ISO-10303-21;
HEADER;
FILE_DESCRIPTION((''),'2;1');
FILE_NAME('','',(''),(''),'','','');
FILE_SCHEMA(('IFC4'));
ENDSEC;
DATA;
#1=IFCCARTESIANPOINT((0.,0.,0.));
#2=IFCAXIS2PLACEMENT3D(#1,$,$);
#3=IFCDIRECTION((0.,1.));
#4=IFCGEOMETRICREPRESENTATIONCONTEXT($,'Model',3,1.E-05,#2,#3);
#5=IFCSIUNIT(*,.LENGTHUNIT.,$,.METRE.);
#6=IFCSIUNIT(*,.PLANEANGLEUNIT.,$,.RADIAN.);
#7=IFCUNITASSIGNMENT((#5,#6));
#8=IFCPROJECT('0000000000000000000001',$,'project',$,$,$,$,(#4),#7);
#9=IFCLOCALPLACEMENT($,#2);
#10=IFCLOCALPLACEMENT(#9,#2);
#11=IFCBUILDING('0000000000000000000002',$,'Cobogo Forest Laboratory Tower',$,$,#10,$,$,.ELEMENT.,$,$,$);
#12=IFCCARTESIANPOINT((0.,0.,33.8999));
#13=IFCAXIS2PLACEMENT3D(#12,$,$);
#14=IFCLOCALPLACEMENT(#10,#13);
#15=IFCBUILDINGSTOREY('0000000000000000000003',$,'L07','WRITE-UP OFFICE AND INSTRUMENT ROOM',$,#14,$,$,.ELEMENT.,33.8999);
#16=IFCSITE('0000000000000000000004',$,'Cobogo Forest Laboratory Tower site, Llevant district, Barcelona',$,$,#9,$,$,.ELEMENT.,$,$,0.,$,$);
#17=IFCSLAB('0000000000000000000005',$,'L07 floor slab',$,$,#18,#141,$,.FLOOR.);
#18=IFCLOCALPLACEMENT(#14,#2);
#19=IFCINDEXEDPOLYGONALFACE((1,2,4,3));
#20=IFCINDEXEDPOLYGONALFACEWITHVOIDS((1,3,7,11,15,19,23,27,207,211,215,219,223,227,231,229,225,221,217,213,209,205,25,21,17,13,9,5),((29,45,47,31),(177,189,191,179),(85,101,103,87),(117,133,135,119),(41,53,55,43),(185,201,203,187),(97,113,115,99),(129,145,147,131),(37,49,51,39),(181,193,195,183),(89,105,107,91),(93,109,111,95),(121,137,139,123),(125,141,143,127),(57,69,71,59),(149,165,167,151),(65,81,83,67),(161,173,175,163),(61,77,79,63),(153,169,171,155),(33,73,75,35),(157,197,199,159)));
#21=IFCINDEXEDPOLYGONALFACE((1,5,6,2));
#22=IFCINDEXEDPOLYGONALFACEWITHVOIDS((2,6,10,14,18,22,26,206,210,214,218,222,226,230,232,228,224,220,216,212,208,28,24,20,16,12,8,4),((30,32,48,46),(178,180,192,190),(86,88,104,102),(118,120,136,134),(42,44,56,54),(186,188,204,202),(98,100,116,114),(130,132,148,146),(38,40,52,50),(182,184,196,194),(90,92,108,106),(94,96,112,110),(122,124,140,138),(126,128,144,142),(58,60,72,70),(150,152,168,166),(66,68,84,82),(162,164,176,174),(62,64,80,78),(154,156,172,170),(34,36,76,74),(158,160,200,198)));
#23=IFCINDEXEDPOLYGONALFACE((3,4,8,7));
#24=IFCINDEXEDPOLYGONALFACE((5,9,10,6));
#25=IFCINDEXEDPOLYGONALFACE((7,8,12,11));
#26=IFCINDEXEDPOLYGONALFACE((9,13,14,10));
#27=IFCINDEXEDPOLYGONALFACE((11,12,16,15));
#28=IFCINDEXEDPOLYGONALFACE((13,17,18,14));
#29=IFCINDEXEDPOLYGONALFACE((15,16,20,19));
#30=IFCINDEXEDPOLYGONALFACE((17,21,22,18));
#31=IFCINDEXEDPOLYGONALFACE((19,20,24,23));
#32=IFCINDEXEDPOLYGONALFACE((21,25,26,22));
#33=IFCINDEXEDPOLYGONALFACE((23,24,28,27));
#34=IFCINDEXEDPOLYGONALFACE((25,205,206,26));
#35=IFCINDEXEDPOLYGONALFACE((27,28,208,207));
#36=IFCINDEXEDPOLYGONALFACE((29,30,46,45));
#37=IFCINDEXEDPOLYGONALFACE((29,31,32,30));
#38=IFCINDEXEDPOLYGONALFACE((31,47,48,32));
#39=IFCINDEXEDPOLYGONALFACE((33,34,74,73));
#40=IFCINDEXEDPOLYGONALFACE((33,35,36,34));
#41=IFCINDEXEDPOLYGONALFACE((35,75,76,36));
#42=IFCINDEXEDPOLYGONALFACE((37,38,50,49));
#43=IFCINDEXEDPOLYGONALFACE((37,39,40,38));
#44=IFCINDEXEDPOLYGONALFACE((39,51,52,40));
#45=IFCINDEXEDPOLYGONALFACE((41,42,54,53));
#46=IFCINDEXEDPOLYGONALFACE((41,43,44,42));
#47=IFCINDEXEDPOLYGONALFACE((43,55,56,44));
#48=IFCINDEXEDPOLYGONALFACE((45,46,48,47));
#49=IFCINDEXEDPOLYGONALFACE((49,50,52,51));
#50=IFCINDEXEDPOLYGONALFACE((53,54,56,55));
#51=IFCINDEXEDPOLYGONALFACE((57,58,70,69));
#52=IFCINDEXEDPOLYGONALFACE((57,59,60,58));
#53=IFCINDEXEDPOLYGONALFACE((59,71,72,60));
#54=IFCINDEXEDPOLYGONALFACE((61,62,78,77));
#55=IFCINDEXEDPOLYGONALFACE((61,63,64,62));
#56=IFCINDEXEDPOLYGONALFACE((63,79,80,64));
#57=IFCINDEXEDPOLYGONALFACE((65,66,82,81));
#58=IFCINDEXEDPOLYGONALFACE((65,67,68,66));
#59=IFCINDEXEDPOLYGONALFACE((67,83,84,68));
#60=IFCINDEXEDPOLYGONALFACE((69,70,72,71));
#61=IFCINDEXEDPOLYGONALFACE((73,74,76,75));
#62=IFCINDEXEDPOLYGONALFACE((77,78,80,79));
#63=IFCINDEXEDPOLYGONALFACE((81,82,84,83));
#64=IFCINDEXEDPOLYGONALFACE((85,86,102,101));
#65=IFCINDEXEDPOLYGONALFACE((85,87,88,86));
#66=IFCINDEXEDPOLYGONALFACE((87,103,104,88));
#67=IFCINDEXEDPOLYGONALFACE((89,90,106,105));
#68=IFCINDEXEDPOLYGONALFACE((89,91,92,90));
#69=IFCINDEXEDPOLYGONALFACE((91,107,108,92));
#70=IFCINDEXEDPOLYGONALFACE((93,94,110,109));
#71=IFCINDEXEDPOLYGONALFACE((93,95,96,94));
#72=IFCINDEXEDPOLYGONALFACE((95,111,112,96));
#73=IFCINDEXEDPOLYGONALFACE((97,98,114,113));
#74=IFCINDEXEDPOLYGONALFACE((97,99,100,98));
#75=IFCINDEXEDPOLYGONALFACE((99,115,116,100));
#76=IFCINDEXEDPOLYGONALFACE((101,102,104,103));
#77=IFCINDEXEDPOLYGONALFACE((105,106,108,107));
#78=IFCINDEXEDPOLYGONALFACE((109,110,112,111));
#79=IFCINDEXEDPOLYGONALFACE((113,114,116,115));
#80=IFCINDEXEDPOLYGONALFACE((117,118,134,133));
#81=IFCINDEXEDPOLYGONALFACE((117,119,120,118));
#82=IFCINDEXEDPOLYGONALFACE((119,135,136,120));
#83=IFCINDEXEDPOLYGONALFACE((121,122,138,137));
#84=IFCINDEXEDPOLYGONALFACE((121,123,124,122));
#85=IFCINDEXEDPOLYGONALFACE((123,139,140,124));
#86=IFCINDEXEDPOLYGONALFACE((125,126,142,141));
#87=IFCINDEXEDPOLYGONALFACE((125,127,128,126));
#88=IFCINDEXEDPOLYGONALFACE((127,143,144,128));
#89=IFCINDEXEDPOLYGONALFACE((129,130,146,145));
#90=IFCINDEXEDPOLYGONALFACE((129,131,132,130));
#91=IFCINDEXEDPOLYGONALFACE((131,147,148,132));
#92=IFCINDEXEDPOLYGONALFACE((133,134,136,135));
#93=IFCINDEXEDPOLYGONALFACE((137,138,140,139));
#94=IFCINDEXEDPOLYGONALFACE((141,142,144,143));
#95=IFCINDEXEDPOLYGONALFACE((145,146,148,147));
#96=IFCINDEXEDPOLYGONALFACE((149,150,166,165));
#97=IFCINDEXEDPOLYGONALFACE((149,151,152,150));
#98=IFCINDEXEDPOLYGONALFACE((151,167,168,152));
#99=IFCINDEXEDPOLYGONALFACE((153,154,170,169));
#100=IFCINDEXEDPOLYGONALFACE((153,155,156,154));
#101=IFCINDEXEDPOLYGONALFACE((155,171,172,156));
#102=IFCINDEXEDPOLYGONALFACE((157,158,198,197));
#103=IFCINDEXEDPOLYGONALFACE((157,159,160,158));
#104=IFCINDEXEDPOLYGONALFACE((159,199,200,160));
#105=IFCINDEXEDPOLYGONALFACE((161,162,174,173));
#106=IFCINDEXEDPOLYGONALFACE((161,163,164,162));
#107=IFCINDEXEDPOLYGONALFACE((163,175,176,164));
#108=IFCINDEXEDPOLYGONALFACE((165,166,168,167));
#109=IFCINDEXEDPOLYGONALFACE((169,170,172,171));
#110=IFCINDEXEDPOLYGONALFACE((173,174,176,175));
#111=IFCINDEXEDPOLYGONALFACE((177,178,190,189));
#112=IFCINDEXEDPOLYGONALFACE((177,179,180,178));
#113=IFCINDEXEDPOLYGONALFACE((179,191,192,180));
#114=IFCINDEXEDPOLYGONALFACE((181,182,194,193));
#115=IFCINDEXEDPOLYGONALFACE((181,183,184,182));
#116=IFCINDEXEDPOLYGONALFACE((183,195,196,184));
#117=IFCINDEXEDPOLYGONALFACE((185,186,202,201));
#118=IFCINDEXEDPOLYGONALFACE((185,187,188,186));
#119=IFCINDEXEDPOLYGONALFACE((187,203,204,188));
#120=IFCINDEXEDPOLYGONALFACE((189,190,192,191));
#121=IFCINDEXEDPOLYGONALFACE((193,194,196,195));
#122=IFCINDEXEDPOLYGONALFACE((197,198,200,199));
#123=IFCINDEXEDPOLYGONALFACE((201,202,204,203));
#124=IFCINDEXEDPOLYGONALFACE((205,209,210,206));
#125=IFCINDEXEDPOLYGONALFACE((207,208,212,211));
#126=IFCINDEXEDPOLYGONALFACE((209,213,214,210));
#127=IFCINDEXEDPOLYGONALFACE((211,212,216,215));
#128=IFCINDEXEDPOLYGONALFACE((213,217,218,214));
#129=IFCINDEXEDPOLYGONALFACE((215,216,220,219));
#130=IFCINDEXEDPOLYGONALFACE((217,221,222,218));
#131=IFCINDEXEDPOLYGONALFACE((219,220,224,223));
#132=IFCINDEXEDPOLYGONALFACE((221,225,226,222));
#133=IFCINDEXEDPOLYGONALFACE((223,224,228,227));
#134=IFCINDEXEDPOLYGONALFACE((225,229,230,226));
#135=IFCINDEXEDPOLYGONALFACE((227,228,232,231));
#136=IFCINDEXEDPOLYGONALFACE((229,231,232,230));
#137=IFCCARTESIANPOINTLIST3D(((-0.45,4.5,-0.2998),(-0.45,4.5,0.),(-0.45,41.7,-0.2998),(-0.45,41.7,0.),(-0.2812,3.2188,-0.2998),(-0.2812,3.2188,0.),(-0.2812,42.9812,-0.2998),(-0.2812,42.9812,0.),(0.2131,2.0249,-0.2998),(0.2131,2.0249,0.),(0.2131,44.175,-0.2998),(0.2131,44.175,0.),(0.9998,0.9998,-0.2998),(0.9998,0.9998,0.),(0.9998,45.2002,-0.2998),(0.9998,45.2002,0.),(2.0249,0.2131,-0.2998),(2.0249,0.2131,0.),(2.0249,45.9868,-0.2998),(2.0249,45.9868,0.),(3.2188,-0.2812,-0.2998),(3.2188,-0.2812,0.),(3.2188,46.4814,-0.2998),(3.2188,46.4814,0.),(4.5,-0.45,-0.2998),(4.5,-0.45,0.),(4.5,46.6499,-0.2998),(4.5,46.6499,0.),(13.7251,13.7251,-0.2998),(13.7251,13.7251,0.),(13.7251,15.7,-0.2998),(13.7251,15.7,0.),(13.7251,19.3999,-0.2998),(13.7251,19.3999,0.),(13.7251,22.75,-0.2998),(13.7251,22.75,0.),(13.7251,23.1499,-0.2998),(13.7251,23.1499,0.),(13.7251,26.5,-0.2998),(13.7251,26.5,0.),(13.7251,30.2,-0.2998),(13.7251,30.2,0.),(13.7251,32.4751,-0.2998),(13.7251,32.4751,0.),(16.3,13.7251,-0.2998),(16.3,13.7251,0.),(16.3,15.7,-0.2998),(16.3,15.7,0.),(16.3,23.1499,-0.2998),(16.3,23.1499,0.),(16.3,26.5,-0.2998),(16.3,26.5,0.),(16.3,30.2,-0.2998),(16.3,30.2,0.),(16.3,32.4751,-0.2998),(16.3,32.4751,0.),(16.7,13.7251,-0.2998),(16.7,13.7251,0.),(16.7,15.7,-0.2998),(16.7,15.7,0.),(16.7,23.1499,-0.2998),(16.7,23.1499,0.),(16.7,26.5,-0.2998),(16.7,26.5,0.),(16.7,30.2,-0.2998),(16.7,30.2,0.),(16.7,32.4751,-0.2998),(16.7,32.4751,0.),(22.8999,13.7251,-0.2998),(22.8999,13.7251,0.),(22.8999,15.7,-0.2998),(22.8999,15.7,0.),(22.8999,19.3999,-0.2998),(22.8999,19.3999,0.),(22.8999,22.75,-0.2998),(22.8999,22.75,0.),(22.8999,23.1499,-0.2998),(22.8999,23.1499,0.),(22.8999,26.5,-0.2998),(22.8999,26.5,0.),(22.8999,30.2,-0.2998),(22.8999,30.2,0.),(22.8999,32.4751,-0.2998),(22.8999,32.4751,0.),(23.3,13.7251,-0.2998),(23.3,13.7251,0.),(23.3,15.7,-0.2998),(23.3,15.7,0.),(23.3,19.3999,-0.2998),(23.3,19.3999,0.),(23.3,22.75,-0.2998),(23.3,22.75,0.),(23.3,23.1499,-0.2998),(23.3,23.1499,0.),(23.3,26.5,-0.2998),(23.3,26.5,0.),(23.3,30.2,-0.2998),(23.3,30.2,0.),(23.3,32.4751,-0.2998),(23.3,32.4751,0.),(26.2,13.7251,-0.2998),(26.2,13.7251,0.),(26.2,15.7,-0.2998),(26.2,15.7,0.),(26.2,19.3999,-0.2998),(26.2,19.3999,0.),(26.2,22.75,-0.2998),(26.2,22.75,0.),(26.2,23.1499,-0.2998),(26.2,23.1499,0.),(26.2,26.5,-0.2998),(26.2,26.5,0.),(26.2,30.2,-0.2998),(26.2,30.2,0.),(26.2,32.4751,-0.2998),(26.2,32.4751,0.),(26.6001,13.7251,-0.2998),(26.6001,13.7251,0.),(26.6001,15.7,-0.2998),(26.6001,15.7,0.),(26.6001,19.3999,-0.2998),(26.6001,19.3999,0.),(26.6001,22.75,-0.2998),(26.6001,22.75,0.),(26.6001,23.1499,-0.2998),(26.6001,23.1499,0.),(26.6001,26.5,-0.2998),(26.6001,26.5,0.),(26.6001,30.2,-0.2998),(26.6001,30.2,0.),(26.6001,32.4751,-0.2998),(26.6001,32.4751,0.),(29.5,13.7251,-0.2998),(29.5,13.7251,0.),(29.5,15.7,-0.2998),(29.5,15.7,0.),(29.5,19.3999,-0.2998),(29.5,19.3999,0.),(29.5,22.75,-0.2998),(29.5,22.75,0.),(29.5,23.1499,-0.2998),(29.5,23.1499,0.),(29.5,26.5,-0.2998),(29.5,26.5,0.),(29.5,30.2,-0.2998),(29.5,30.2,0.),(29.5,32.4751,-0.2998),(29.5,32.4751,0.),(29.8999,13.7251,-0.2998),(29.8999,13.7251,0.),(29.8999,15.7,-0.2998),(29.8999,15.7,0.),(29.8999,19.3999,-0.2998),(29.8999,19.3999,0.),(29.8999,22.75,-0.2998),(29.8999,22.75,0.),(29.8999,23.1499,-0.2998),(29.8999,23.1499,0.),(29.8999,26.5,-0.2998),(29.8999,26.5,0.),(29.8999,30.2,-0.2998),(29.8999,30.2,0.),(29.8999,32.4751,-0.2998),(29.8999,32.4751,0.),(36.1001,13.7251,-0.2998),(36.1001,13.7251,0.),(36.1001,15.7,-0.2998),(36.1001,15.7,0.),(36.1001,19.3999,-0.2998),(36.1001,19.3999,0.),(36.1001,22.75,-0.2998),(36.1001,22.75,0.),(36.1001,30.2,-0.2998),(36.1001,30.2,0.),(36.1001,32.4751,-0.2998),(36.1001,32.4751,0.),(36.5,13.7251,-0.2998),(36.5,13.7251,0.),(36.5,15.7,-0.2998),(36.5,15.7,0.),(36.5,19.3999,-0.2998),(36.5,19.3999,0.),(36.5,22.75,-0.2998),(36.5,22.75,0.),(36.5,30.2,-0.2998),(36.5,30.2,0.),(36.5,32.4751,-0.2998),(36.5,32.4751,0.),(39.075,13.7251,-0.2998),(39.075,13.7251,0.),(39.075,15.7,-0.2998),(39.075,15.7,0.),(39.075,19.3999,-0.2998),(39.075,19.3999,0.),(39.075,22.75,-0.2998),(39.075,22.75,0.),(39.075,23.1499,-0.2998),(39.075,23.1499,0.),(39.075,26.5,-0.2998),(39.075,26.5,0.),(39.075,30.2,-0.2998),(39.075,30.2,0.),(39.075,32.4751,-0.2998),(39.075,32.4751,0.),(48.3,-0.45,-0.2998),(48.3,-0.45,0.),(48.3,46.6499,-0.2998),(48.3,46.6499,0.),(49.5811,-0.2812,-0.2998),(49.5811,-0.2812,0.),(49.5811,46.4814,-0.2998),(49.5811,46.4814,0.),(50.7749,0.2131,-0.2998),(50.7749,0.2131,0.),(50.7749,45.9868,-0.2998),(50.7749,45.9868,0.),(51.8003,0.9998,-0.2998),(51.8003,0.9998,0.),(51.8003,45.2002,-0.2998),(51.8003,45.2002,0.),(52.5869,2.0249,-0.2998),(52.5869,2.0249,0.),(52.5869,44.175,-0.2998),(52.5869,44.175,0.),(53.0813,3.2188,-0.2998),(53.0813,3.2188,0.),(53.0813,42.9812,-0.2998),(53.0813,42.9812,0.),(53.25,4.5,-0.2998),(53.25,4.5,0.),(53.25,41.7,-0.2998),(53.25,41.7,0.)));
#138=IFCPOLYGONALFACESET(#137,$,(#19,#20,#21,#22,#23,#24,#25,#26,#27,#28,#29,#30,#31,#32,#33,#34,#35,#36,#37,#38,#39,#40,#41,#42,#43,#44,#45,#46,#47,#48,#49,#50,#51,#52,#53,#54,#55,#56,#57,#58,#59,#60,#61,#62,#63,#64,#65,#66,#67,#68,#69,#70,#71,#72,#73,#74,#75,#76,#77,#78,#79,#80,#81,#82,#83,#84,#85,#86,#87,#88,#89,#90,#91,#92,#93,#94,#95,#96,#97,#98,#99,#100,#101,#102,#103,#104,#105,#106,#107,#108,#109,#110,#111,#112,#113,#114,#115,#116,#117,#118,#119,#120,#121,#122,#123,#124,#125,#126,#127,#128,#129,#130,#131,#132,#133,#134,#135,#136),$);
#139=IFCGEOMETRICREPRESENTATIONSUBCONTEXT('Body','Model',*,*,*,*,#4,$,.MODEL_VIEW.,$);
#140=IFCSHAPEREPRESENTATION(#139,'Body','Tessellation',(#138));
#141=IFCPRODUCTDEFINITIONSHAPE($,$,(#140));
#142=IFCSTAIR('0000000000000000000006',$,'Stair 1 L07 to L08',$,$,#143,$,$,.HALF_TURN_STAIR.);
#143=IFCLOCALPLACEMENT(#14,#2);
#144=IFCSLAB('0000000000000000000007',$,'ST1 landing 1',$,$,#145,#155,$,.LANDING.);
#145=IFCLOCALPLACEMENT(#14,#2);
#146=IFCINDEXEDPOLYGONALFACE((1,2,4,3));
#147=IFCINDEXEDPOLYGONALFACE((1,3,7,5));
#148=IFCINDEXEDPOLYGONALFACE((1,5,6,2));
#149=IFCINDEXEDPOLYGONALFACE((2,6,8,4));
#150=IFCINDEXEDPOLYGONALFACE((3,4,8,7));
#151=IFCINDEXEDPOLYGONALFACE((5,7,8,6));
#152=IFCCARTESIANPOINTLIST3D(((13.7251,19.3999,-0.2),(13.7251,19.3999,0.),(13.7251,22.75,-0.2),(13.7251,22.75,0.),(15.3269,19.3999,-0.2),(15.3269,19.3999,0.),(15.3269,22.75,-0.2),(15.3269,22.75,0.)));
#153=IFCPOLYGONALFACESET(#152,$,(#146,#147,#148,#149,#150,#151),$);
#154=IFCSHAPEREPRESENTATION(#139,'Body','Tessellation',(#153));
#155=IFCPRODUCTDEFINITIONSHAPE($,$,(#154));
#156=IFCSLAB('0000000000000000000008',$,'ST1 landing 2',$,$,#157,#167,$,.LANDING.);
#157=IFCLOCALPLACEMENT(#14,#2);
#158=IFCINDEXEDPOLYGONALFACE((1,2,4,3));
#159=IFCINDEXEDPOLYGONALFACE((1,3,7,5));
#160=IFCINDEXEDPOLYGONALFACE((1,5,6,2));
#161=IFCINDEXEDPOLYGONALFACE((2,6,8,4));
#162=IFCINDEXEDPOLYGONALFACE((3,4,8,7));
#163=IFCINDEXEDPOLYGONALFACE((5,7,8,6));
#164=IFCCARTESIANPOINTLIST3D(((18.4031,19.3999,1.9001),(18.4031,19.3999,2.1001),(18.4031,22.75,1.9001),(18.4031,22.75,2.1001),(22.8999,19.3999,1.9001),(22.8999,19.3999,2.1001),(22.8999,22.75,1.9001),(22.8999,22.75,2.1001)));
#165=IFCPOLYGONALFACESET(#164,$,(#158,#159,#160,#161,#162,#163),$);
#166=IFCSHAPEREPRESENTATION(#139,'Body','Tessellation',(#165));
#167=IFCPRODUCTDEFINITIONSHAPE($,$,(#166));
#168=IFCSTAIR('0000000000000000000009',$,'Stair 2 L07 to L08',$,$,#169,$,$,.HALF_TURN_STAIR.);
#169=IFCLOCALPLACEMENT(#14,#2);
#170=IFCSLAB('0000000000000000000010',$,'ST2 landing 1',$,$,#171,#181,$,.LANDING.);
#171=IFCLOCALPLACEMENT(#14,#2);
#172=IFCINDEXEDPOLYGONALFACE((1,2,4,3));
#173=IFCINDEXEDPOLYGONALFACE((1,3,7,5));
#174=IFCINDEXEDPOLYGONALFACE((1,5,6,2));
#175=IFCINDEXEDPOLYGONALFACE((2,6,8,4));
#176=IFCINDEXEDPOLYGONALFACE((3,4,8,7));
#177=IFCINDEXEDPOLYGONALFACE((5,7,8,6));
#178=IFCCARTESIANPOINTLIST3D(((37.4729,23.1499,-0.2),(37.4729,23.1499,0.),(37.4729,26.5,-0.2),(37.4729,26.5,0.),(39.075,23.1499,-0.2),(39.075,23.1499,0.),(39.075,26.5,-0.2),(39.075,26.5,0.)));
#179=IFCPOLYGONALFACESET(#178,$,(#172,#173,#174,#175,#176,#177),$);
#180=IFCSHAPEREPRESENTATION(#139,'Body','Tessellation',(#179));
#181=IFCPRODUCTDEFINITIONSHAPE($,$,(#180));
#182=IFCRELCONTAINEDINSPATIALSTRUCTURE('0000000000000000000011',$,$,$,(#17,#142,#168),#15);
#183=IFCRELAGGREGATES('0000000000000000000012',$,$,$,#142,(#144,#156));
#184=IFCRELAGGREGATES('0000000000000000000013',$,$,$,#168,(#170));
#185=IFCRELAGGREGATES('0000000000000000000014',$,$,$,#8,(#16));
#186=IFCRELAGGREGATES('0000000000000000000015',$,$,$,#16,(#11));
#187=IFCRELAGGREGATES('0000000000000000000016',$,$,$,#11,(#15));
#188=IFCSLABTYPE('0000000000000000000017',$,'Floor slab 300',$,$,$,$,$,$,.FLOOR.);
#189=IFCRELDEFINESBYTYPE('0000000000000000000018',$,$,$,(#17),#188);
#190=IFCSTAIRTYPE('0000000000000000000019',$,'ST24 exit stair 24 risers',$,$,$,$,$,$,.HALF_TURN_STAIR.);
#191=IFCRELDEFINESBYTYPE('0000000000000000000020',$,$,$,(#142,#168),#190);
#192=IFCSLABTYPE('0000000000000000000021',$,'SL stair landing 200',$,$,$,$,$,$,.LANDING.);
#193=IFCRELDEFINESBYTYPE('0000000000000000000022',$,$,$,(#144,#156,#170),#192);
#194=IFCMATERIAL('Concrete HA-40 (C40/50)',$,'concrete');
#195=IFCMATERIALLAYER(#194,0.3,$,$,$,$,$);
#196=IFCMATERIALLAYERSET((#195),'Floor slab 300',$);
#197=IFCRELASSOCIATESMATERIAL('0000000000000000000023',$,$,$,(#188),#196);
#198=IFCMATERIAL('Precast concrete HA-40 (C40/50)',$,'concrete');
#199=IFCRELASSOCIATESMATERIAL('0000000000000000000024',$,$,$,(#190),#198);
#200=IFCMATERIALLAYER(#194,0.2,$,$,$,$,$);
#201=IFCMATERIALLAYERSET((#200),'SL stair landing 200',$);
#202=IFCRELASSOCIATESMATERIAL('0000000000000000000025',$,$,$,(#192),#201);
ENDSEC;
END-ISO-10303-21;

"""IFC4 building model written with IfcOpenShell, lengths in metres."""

from ifc_helpers import new_model, si_unit, direction, frame, origin, place, context, subcontext, project, spatial, polyline, outline, extrude, material, layer, layer_set, type_object, element, aggregate, save


model = new_model("IFC4")

# Units and contexts
model_context = context("Model", 3, precision=1e-05, world=origin(), true_north=direction((0.0, 1.0)))
body_context = subcontext(model_context, "Body", "Model", "MODEL_VIEW")
ifc_project = project(units=[si_unit("LENGTHUNIT", "METRE"), si_unit("PLANEANGLEUNIT", "RADIAN")], contexts=[model_context])

# Site, building, storey
site_placement = place(None, origin())
site = spatial("IfcSite", under=ifc_project, at=site_placement, Name="Cobogo Forest Laboratory Tower site, Llevant district, Barcelona", CompositionType="ELEMENT", RefElevation=0.0)
building_placement = place(site_placement, origin())
building = spatial("IfcBuilding", under=site, at=building_placement, Name="Cobogo Forest Laboratory Tower", CompositionType="ELEMENT")
storey_placement = place(building_placement, frame((0.0, 0.0, 33.8999)))
storey = spatial("IfcBuildingStorey", under=building, at=storey_placement, Name="L07", Description="WRITE-UP OFFICE AND INSTRUMENT ROOM", CompositionType="ELEMENT", Elevation=33.8999)

# Slab
ifc_material_1 = material(Name="Concrete HA-40 (C40/50)", Category="concrete")
ifc_layer_1 = layer(ifc_material_1, 0.3)
ifc_layer_set_1 = layer_set([ifc_layer_1], Name="Floor slab 300")
slab_type_1 = type_object("IfcSlabType", Name="Floor slab 300", PredefinedType="FLOOR", material=ifc_layer_set_1)
slab_1_placement = place(storey_placement, frame((0.0, 0.0, -0.2998)))
element("IfcSlab", 1, at=slab_1_placement, inside=storey, type_object=slab_type_1, Name="L07 floor slab", PredefinedType="FLOOR", context=body_context, shape_type="SweptSolid", body=[
    extrude(outline(polyline([(48.3, -0.45), (49.5811, -0.2812), (50.7749, 0.2131), (51.8003, 0.9998), (52.5869, 2.0249), (53.0813, 3.2188), (53.25, 4.5), (53.25, 41.7), (53.0813, 42.9812), (52.5869, 44.175), (51.8003, 45.2002), (50.7749, 45.9868), (49.5811, 46.4814), (48.3, 46.6499), (4.5, 46.6499), (3.2188, 46.4814), (2.0249, 45.9868), (0.9998, 45.2002), (0.2131, 44.175), (-0.2812, 42.9812), (-0.45, 41.7), (-0.45, 4.5), (-0.2812, 3.2188), (0.2131, 2.0249), (0.9998, 0.9998), (2.0249, 0.2131), (3.2188, -0.2812), (4.5, -0.45), (48.3, -0.45)]), holes=[polyline([(16.3, 13.7251), (13.7251, 13.7251), (13.7251, 15.7), (16.3, 15.7), (16.3, 13.7251)]), polyline([(22.8999, 15.7), (22.8999, 13.7251), (16.7, 13.7251), (16.7, 15.7), (22.8999, 15.7)]), polyline([(23.3, 13.7251), (23.3, 15.7), (26.2, 15.7), (26.2, 13.7251), (23.3, 13.7251)]), polyline([(29.5, 13.7251), (26.6001, 13.7251), (26.6001, 15.7), (29.5, 15.7), (29.5, 13.7251)]), polyline([(36.1001, 15.7), (36.1001, 13.7251), (29.8999, 13.7251), (29.8999, 15.7), (36.1001, 15.7)]), polyline([(36.5, 13.7251), (36.5, 15.7), (39.075, 15.7), (39.075, 13.7251), (36.5, 13.7251)]), polyline([(13.7251, 19.3999), (13.7251, 22.75), (22.8999, 22.75), (22.8999, 19.3999), (13.7251, 19.3999)]), polyline([(23.3, 19.3999), (23.3, 22.75), (26.2, 22.75), (26.2, 19.3999), (23.3, 19.3999)]), polyline([(26.6001, 19.3999), (26.6001, 22.75), (29.5, 22.75), (29.5, 19.3999), (26.6001, 19.3999)]), polyline([(36.1001, 22.75), (36.1001, 19.3999), (29.8999, 19.3999), (29.8999, 22.75), (36.1001, 22.75)]), polyline([(39.075, 19.3999), (36.5, 19.3999), (36.5, 22.75), (39.075, 22.75), (39.075, 19.3999)]), polyline([(13.7251, 23.1499), (13.7251, 26.5), (16.3, 26.5), (16.3, 23.1499), (13.7251, 23.1499)]), polyline([(22.8999, 26.5), (22.8999, 23.1499), (16.7, 23.1499), (16.7, 26.5), (22.8999, 26.5)]), polyline([(23.3, 23.1499), (23.3, 26.5), (26.2, 26.5), (26.2, 23.1499), (23.3, 23.1499)]), polyline([(26.6001, 23.1499), (26.6001, 26.5), (29.5, 26.5), (29.5, 23.1499), (26.6001, 23.1499)]), polyline([(29.8999, 23.1499), (29.8999, 26.5), (39.075, 26.5), (39.075, 23.1499), (29.8999, 23.1499)]), polyline([(13.7251, 30.2), (13.7251, 32.4751), (16.3, 32.4751), (16.3, 30.2), (13.7251, 30.2)]), polyline([(22.8999, 32.4751), (22.8999, 30.2), (16.7, 30.2), (16.7, 32.4751), (22.8999, 32.4751)]), polyline([(23.3, 30.2), (23.3, 32.4751), (26.2, 32.4751), (26.2, 30.2), (23.3, 30.2)]), polyline([(26.6001, 30.2), (26.6001, 32.4751), (29.5, 32.4751), (29.5, 30.2), (26.6001, 30.2)]), polyline([(36.1001, 32.4751), (36.1001, 30.2), (29.8999, 30.2), (29.8999, 32.4751), (36.1001, 32.4751)]), polyline([(36.5, 30.2), (36.5, 32.4751), (39.075, 32.4751), (39.075, 30.2), (36.5, 30.2)])]), origin(), (0.0, 0.0, 1.0), 0.2998),
])

# Stairs, slabs
ifc_material_2 = material(Name="Precast concrete HA-40 (C40/50)", Category="concrete")
stair_type = type_object("IfcStairType", Name="ST24 exit stair 24 risers", PredefinedType="HALF_TURN_STAIR", material=ifc_material_2)
stair_1_placement = place(storey_placement, origin())
stair_1 = element("IfcStair", 2, at=stair_1_placement, inside=storey, type_object=stair_type, Name="Stair 1 L07 to L08", PredefinedType="HALF_TURN_STAIR")
ifc_layer_2 = layer(ifc_material_1, 0.2)
ifc_layer_set_2 = layer_set([ifc_layer_2], Name="SL stair landing 200")
slab_type_2 = type_object("IfcSlabType", Name="SL stair landing 200", PredefinedType="LANDING", material=ifc_layer_set_2)
slab_2_placement = place(storey_placement, frame((0.0, 0.0, -0.2)))
slab_2 = element("IfcSlab", 3, at=slab_2_placement, type_object=slab_type_2, Name="ST1 landing 1", PredefinedType="LANDING", context=body_context, shape_type="SweptSolid", body=[
    extrude(outline(polyline([(13.7251, 19.3999), (15.3269, 19.3999), (15.3269, 22.75), (13.7251, 22.75), (13.7251, 19.3999)])), origin(), (0.0, 0.0, 1.0), 0.2),
])
slab_3_placement = place(storey_placement, frame((0.0, 0.0, 1.9001)))
slab_3 = element("IfcSlab", 4, at=slab_3_placement, type_object=slab_type_2, Name="ST1 landing 2", PredefinedType="LANDING", context=body_context, shape_type="SweptSolid", body=[
    extrude(outline(polyline([(18.4031, 19.3999), (22.8999, 19.3999), (22.8999, 22.75), (18.4031, 22.75), (18.4031, 19.3999)])), origin(), (0.0, 0.0, 1.0), 0.2),
])
aggregate(stair_1, [slab_2, slab_3])
stair_2_placement = place(storey_placement, origin())
stair_2 = element("IfcStair", 5, at=stair_2_placement, inside=storey, type_object=stair_type, Name="Stair 2 L07 to L08", PredefinedType="HALF_TURN_STAIR")
slab_4_placement = place(storey_placement, frame((0.0, 0.0, -0.2)))
slab_4 = element("IfcSlab", 6, at=slab_4_placement, type_object=slab_type_2, Name="ST2 landing 1", PredefinedType="LANDING", context=body_context, shape_type="SweptSolid", body=[
    extrude(outline(polyline([(37.4729, 23.1499), (39.075, 23.1499), (39.075, 26.5), (37.4729, 26.5), (37.4729, 23.1499)])), origin(), (0.0, 0.0, 1.0), 0.2),
])
aggregate(stair_2, [slab_4])

save(model, "model.ifc")
